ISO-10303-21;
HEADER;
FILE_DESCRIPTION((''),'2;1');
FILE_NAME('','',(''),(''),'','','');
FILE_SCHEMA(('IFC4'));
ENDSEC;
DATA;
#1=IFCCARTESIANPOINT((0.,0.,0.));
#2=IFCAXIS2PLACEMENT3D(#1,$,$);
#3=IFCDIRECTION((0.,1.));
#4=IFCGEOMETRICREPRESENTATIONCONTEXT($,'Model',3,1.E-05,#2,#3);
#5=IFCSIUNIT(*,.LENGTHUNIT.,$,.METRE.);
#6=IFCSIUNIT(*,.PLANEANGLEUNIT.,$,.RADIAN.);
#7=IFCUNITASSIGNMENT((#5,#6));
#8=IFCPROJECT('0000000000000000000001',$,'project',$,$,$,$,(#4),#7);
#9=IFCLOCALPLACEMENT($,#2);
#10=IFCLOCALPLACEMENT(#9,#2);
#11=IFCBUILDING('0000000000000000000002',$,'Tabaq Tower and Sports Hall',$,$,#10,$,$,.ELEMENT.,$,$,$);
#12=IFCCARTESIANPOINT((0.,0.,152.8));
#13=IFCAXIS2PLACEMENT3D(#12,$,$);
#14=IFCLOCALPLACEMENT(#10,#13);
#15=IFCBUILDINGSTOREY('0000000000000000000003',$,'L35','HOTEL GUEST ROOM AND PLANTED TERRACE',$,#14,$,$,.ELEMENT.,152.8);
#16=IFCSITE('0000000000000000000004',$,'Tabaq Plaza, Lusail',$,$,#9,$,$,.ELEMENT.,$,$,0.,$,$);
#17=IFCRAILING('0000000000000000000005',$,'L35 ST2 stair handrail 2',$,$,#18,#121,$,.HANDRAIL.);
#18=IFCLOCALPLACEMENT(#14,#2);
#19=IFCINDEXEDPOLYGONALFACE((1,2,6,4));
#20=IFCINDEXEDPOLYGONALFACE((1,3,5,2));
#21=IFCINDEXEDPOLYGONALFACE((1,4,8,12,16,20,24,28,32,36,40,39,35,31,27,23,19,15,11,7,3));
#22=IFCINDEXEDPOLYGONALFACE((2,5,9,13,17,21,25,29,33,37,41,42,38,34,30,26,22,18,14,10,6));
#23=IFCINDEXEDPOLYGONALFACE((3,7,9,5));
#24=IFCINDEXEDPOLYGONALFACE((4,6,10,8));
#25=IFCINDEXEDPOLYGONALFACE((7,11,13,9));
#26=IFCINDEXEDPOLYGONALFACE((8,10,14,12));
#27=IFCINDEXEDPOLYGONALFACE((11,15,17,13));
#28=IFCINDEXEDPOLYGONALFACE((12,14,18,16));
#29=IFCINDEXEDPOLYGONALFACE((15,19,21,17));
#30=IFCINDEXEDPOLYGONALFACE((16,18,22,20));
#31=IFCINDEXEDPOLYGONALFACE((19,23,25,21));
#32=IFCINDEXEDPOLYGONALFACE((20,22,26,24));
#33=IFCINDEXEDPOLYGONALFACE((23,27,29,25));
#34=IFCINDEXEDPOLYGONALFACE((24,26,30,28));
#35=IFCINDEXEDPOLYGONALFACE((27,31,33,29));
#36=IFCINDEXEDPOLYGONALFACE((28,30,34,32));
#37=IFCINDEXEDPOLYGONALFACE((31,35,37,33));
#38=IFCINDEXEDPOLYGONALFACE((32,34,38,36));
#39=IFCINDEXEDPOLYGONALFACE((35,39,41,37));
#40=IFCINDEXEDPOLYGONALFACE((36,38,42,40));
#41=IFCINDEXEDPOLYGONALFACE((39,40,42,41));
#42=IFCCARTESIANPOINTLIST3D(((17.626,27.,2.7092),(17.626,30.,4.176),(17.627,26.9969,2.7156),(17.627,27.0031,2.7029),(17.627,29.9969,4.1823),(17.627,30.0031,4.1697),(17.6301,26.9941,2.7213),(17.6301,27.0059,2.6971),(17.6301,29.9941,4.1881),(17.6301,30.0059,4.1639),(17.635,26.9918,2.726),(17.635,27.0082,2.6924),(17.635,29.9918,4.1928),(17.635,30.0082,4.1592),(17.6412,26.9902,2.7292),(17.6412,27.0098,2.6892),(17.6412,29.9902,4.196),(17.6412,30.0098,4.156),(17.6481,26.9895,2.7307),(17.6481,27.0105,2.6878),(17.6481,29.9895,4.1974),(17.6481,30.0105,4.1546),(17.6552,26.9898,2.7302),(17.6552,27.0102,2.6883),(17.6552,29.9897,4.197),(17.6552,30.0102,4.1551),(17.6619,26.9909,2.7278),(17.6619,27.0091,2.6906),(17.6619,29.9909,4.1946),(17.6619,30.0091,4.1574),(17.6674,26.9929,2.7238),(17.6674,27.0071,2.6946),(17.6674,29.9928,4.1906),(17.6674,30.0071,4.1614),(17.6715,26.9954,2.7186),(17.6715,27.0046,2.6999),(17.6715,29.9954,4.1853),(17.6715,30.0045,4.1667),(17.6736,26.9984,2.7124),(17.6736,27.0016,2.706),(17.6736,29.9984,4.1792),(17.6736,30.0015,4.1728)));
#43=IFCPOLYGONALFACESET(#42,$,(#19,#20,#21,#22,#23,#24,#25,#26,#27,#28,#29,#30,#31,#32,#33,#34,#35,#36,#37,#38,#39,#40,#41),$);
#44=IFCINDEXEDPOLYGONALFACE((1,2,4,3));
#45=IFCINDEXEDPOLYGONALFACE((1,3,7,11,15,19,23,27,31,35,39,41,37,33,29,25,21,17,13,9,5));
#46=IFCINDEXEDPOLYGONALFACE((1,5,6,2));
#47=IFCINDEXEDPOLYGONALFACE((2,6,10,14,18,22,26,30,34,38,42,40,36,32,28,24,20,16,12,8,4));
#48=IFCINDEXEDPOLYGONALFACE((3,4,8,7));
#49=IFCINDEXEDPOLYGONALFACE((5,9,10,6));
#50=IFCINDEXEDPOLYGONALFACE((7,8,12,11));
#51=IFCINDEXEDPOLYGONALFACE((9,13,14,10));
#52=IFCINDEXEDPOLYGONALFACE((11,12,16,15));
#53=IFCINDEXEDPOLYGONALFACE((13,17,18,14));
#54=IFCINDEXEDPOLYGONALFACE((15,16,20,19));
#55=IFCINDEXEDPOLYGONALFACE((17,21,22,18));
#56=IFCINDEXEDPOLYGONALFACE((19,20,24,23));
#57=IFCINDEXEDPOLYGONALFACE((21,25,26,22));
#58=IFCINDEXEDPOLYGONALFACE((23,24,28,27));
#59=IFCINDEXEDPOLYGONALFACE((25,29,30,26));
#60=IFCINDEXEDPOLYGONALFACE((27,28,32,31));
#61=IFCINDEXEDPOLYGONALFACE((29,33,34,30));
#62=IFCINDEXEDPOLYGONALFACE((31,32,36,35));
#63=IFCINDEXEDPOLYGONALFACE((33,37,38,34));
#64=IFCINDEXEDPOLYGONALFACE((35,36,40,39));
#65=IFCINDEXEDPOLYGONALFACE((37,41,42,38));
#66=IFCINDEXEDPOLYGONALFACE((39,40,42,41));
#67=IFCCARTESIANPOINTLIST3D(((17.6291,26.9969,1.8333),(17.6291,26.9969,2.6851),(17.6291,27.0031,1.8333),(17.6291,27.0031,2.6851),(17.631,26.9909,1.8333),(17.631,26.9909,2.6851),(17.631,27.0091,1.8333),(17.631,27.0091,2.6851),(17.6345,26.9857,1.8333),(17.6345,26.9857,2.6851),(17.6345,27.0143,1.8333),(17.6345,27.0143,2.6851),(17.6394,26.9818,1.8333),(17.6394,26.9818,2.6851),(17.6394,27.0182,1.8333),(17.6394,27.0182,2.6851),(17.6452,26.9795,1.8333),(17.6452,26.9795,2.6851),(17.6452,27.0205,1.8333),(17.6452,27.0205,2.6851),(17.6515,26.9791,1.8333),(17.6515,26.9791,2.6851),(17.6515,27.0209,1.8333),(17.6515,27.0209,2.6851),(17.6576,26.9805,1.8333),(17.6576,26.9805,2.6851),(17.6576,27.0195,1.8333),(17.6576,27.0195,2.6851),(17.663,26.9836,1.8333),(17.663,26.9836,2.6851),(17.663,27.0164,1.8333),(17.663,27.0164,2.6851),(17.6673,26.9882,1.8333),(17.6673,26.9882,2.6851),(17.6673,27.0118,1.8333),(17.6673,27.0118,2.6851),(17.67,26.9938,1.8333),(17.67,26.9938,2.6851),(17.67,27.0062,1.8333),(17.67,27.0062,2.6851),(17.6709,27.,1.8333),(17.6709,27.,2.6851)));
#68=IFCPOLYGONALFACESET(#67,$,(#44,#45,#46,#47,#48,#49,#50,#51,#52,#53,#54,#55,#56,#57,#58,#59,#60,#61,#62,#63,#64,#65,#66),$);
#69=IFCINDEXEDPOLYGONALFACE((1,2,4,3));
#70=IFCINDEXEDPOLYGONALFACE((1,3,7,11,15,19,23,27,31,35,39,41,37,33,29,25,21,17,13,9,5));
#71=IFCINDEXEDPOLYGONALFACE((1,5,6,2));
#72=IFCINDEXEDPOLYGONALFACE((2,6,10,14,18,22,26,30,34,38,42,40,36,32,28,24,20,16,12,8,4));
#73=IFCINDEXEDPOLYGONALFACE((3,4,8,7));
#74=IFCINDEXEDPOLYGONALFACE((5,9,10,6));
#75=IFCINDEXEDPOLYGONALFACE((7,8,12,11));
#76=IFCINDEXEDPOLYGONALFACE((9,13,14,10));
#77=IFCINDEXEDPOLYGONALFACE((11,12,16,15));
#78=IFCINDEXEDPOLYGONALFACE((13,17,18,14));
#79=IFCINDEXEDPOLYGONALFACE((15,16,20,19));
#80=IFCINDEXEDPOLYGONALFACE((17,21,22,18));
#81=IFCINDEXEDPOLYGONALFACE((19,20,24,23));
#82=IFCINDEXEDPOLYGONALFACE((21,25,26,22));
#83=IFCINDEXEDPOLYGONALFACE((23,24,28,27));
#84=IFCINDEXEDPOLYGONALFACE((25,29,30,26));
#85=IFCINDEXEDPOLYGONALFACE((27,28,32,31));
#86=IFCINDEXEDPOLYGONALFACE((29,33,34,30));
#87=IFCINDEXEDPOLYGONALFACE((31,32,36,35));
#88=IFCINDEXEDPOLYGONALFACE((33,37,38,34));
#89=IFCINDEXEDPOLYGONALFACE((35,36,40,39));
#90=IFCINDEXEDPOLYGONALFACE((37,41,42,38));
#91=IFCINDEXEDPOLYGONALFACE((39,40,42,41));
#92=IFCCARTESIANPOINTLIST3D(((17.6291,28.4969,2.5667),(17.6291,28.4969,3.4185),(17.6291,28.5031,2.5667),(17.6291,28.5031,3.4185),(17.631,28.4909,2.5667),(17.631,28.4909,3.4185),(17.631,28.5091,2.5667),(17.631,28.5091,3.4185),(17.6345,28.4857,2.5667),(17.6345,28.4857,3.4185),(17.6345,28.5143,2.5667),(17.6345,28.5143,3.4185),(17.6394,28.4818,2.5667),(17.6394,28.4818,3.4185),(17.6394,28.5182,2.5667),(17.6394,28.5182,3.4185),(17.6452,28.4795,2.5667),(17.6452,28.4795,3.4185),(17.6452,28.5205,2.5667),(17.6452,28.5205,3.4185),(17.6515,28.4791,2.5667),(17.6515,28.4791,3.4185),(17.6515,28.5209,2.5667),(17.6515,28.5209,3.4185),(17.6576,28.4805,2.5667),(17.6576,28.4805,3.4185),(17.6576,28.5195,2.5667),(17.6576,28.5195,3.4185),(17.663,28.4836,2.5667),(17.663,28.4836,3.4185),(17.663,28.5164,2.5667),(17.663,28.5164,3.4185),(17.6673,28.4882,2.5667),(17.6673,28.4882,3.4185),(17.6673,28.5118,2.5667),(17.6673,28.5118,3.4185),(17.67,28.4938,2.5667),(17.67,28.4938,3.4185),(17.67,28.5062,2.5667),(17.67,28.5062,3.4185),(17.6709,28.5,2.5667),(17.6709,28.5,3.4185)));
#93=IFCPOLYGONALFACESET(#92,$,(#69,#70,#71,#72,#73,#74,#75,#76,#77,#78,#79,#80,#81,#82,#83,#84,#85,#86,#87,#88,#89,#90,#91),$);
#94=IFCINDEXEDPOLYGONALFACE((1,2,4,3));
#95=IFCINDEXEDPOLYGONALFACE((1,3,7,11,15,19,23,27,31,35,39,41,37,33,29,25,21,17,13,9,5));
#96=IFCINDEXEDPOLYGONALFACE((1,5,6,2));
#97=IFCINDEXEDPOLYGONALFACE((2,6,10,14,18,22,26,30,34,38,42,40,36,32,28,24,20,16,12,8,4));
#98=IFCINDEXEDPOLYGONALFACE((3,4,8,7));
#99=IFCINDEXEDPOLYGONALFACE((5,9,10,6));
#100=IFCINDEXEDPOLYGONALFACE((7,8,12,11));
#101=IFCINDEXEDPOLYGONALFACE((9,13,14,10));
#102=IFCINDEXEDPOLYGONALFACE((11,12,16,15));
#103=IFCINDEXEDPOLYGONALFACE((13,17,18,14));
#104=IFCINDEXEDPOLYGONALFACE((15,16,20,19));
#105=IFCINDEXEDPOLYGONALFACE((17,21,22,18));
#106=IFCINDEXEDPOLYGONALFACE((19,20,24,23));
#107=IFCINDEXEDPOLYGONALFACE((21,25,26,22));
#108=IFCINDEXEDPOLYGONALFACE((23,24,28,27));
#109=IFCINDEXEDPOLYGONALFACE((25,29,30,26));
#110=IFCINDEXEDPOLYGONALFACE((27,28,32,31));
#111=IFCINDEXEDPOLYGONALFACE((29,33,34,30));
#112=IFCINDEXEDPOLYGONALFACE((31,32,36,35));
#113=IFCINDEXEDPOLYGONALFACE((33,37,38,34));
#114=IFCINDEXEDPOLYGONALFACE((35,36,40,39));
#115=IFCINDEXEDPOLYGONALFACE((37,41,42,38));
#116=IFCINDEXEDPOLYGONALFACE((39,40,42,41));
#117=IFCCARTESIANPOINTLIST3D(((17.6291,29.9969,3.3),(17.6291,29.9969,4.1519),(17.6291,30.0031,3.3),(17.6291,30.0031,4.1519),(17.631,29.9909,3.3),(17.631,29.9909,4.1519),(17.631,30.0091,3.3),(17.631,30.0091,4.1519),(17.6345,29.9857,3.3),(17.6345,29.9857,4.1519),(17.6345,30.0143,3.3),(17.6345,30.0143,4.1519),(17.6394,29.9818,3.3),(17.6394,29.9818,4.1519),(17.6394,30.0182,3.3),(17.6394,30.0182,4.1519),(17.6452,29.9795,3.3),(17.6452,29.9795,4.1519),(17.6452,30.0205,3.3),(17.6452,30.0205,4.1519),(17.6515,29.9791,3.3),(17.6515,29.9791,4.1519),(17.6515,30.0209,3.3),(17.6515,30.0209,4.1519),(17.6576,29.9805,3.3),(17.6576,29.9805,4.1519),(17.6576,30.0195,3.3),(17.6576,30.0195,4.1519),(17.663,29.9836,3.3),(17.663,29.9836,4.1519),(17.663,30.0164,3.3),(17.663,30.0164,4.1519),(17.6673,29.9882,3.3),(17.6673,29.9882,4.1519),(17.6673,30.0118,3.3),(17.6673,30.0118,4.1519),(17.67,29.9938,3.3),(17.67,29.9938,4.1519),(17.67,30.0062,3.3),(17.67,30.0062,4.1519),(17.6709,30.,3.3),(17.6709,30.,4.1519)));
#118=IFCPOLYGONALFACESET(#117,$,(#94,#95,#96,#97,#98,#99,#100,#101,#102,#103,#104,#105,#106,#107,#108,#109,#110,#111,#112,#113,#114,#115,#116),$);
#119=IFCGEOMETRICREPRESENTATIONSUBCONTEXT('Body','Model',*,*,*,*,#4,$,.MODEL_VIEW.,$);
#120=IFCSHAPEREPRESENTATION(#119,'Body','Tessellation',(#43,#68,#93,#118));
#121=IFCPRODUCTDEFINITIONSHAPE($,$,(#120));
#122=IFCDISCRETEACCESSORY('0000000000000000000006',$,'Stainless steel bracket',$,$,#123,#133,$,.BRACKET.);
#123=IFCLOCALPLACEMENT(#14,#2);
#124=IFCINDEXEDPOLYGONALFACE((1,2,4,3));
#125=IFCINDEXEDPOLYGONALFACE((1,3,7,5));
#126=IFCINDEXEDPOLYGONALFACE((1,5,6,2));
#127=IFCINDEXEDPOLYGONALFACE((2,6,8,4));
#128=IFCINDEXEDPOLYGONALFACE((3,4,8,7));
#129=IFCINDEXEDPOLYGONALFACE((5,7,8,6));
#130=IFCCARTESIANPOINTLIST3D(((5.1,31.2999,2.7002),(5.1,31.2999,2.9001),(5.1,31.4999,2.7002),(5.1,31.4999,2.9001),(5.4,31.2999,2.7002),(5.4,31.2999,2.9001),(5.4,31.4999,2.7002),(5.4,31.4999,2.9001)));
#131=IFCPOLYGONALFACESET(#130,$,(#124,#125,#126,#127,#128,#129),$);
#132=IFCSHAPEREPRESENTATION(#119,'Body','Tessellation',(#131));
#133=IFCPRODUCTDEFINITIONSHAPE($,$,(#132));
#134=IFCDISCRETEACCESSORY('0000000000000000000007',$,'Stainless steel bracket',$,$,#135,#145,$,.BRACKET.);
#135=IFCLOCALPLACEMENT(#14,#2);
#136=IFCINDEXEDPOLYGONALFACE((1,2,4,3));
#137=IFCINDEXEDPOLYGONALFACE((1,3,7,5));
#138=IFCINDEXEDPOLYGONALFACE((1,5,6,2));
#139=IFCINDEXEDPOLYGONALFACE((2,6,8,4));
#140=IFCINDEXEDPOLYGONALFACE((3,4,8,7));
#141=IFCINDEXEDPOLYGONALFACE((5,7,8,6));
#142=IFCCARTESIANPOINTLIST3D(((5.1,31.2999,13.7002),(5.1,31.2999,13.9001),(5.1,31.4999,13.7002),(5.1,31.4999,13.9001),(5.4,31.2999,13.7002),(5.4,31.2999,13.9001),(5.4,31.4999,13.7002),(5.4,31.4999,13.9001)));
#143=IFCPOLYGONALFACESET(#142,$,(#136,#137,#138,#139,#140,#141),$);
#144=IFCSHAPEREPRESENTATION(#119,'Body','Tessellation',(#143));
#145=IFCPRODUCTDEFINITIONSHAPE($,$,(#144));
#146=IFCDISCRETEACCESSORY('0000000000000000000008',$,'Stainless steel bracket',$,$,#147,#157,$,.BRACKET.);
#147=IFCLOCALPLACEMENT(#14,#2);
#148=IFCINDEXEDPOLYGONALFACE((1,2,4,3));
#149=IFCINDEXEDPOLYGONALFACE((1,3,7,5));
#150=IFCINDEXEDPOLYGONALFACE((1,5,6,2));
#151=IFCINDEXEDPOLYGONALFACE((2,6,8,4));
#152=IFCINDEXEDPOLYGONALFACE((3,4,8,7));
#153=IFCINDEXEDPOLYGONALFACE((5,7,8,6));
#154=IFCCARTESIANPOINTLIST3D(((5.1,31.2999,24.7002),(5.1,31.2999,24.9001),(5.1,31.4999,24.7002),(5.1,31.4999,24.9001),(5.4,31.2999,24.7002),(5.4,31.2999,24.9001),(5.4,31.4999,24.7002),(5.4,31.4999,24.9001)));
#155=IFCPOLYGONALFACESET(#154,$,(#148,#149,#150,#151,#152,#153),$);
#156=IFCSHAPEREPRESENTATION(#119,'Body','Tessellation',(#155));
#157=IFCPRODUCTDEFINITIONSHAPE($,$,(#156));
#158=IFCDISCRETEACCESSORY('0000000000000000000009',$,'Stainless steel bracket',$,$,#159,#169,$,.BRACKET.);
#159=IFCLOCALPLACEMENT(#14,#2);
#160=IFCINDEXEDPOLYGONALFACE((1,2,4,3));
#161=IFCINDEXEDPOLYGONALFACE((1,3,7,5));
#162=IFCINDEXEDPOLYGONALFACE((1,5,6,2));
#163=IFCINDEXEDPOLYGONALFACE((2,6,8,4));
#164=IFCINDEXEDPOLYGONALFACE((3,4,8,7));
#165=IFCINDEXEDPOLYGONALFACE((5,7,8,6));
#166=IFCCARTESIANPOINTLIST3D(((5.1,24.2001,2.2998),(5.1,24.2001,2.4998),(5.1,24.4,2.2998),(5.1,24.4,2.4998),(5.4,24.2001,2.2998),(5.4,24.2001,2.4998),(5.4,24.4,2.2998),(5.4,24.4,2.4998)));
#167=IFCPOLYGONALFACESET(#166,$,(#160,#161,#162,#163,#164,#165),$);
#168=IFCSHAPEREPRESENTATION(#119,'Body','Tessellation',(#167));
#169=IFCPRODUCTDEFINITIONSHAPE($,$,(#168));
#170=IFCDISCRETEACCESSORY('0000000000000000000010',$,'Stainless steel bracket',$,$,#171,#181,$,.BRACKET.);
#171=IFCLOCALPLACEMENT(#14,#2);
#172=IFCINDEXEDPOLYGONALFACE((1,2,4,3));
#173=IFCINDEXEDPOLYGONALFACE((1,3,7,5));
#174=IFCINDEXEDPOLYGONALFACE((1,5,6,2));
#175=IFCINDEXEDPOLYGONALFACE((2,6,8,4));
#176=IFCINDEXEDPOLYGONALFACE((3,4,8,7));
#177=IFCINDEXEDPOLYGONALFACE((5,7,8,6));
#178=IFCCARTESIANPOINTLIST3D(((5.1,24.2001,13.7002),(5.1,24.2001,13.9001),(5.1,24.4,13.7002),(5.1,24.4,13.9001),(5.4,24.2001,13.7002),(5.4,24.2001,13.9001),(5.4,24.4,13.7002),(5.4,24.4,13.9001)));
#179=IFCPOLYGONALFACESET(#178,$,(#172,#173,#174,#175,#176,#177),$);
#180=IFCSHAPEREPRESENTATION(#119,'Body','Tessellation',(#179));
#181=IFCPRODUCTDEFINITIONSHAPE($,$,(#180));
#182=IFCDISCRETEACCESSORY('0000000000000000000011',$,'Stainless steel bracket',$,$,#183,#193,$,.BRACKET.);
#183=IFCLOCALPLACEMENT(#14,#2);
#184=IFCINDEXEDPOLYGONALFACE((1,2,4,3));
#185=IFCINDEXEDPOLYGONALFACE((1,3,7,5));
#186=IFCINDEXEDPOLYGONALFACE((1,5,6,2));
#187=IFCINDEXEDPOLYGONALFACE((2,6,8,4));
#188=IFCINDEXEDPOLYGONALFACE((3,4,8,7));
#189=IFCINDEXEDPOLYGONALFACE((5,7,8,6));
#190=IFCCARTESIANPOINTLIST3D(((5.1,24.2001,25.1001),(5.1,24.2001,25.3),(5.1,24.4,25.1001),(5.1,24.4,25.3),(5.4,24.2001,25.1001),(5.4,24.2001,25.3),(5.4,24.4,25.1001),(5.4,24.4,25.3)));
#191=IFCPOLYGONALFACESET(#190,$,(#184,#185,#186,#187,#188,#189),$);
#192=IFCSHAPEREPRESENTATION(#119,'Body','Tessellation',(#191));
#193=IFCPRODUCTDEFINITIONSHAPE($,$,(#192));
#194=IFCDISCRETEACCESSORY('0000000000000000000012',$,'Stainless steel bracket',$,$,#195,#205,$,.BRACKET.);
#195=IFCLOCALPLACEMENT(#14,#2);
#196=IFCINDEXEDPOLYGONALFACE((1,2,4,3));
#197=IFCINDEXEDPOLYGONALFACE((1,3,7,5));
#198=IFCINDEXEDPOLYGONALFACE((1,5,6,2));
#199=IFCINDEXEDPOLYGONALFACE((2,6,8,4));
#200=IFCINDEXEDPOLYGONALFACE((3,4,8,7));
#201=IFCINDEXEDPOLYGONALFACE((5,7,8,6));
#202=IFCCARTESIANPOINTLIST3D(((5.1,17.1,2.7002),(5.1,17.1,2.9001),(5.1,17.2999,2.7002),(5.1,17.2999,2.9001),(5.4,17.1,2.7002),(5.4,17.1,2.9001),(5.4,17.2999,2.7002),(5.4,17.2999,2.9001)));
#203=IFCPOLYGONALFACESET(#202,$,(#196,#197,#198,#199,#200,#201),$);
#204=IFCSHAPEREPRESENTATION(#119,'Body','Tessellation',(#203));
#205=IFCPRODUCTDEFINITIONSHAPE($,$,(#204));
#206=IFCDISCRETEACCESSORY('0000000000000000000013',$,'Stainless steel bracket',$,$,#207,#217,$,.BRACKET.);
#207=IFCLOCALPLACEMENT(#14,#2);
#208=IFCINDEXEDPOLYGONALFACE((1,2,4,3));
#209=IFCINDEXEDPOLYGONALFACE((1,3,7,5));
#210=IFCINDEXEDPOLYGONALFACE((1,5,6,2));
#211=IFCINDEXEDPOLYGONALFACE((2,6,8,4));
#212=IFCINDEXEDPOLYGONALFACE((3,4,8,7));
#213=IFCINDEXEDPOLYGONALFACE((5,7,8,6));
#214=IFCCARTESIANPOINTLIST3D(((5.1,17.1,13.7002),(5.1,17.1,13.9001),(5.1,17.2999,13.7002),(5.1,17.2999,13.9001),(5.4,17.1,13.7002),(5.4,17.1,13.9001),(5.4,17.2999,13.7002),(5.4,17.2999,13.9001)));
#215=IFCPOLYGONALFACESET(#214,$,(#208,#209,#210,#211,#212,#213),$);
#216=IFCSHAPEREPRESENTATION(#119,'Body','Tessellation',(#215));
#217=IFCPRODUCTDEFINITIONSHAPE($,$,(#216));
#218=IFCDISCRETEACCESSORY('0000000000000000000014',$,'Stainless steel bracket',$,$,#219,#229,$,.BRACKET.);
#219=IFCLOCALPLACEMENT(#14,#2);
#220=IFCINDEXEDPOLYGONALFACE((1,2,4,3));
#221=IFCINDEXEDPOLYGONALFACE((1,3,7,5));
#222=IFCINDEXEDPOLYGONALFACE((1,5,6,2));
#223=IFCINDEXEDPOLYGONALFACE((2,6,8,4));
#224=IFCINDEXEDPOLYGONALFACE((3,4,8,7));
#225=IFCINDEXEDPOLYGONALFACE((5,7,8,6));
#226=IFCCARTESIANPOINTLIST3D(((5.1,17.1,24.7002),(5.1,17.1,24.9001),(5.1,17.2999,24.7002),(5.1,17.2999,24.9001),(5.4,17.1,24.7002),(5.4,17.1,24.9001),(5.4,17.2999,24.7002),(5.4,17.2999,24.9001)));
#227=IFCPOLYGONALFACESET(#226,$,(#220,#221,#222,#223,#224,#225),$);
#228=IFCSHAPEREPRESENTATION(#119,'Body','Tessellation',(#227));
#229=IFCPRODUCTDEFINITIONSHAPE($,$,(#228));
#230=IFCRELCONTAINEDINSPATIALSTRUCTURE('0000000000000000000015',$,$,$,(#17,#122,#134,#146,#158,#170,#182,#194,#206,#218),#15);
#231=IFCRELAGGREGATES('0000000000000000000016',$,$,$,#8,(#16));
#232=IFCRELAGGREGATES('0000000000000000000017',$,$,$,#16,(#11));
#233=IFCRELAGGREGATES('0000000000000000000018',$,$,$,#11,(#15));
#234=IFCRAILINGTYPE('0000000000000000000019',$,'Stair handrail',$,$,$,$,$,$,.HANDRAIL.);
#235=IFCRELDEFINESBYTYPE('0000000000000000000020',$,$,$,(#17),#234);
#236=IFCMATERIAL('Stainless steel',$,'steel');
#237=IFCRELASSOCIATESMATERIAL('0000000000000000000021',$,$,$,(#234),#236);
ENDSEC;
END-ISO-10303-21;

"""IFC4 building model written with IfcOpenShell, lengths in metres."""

from ifc_helpers import new_model, si_unit, direction, frame, origin, origin_2d, place, context, subcontext, project, spatial, rectangle, circle, extrude, material, type_object, element, save


model = new_model("IFC4")

# Units and contexts
model_context = context("Model", 3, precision=1e-05, world=origin(), true_north=direction((0.0, 1.0)))
body_context = subcontext(model_context, "Body", "Model", "MODEL_VIEW")
ifc_project = project(units=[si_unit("LENGTHUNIT", "METRE"), si_unit("PLANEANGLEUNIT", "RADIAN")], contexts=[model_context])

# Site, building, storey
site_placement = place(None, origin())
site = spatial("IfcSite", under=ifc_project, at=site_placement, Name="Tabaq Plaza, Lusail", CompositionType="ELEMENT", RefElevation=0.0)
building_placement = place(site_placement, origin())
building = spatial("IfcBuilding", under=site, at=building_placement, Name="Tabaq Tower and Sports Hall", CompositionType="ELEMENT")
storey_placement = place(building_placement, frame((0.0, 0.0, 152.8)))
storey = spatial("IfcBuildingStorey", under=building, at=storey_placement, Name="L35", Description="HOTEL GUEST ROOM AND PLANTED TERRACE", CompositionType="ELEMENT", Elevation=152.8)

# Railing
ifc_material_1 = material(Name="Stainless steel", Category="steel")
railing_type_1 = type_object("IfcRailingType", Name="Stair handrail", PredefinedType="HANDRAIL", material=ifc_material_1)
railing_1_placement = place(storey_placement, frame((17.6499, 27.0, 1.8333)))
element("IfcRailing", 1, at=railing_1_placement, inside=storey, type_object=railing_type_1, Name="L35 ST2 stair handrail 2", PredefinedType="HANDRAIL", context=body_context, shape_type="SweptSolid", body=[
    extrude(circle(Radius=0.0239, at=origin_2d()), frame((0.0, 0.0, 0.876), z_axis=(0.0, 0.898369, 0.439242), x_axis=(-1.0, 0.0, 0.0)), (0.0, 0.0, 1.0), 3.3394),
    extrude(circle(Radius=0.021, at=origin_2d()), origin(), (0.0, 0.0, 1.0), 0.8518),
    extrude(circle(Radius=0.021, at=origin_2d()), frame((0.0, 1.5, 0.7334)), (0.0, 0.0, 1.0), 0.8518),
    extrude(circle(Radius=0.021, at=origin_2d()), frame((0.0, 3.0, 1.4668)), (0.0, 0.0, 1.0), 0.8518),
])

# Discrete accessories
for number, where, z_axis, x_axis, name in (
    (2, (5.25, 31.3999, 2.7002), (0.0, 0.0, 1.0), (0.0, 1.0, 0.0), "Stainless steel bracket"),
    (3, (5.25, 31.3999, 13.7002), (0.0, 0.0, 1.0), (0.0, 1.0, 0.0), "Stainless steel bracket"),
    (4, (5.25, 31.3999, 24.7002), (0.0, 0.0, 1.0), (0.0, 1.0, 0.0), "Stainless steel bracket"),
    (5, (5.25, 24.3, 2.2998), (0.0, 0.0, 1.0), (0.0, 1.0, 0.0), "Stainless steel bracket"),
    (6, (5.25, 24.3, 13.7002), (0.0, 0.0, 1.0), (0.0, 1.0, 0.0), "Stainless steel bracket"),
    (7, (5.25, 24.3, 25.1001), (0.0, 0.0, 1.0), (0.0, 1.0, 0.0), "Stainless steel bracket"),
    (8, (5.25, 17.2, 2.7002), (0.0, 0.0, 1.0), (0.0, 1.0, 0.0), "Stainless steel bracket"),
    (9, (5.25, 17.2, 13.7002), (0.0, 0.0, 1.0), (0.0, 1.0, 0.0), "Stainless steel bracket"),
    (10, (5.25, 17.2, 24.7002), (0.0, 0.0, 1.0), (0.0, 1.0, 0.0), "Stainless steel bracket"),
):
    element("IfcDiscreteAccessory", number, at=place(storey_placement, frame(where, z_axis=z_axis, x_axis=x_axis)), inside=storey, Name=name, PredefinedType="BRACKET", context=body_context, shape_type="SweptSolid", body=[
        extrude(rectangle(XDim=0.2, YDim=0.3, at=origin_2d()), origin(), (0.0, 0.0, 1.0), 0.2),
    ])

save(model, "model.ifc")
